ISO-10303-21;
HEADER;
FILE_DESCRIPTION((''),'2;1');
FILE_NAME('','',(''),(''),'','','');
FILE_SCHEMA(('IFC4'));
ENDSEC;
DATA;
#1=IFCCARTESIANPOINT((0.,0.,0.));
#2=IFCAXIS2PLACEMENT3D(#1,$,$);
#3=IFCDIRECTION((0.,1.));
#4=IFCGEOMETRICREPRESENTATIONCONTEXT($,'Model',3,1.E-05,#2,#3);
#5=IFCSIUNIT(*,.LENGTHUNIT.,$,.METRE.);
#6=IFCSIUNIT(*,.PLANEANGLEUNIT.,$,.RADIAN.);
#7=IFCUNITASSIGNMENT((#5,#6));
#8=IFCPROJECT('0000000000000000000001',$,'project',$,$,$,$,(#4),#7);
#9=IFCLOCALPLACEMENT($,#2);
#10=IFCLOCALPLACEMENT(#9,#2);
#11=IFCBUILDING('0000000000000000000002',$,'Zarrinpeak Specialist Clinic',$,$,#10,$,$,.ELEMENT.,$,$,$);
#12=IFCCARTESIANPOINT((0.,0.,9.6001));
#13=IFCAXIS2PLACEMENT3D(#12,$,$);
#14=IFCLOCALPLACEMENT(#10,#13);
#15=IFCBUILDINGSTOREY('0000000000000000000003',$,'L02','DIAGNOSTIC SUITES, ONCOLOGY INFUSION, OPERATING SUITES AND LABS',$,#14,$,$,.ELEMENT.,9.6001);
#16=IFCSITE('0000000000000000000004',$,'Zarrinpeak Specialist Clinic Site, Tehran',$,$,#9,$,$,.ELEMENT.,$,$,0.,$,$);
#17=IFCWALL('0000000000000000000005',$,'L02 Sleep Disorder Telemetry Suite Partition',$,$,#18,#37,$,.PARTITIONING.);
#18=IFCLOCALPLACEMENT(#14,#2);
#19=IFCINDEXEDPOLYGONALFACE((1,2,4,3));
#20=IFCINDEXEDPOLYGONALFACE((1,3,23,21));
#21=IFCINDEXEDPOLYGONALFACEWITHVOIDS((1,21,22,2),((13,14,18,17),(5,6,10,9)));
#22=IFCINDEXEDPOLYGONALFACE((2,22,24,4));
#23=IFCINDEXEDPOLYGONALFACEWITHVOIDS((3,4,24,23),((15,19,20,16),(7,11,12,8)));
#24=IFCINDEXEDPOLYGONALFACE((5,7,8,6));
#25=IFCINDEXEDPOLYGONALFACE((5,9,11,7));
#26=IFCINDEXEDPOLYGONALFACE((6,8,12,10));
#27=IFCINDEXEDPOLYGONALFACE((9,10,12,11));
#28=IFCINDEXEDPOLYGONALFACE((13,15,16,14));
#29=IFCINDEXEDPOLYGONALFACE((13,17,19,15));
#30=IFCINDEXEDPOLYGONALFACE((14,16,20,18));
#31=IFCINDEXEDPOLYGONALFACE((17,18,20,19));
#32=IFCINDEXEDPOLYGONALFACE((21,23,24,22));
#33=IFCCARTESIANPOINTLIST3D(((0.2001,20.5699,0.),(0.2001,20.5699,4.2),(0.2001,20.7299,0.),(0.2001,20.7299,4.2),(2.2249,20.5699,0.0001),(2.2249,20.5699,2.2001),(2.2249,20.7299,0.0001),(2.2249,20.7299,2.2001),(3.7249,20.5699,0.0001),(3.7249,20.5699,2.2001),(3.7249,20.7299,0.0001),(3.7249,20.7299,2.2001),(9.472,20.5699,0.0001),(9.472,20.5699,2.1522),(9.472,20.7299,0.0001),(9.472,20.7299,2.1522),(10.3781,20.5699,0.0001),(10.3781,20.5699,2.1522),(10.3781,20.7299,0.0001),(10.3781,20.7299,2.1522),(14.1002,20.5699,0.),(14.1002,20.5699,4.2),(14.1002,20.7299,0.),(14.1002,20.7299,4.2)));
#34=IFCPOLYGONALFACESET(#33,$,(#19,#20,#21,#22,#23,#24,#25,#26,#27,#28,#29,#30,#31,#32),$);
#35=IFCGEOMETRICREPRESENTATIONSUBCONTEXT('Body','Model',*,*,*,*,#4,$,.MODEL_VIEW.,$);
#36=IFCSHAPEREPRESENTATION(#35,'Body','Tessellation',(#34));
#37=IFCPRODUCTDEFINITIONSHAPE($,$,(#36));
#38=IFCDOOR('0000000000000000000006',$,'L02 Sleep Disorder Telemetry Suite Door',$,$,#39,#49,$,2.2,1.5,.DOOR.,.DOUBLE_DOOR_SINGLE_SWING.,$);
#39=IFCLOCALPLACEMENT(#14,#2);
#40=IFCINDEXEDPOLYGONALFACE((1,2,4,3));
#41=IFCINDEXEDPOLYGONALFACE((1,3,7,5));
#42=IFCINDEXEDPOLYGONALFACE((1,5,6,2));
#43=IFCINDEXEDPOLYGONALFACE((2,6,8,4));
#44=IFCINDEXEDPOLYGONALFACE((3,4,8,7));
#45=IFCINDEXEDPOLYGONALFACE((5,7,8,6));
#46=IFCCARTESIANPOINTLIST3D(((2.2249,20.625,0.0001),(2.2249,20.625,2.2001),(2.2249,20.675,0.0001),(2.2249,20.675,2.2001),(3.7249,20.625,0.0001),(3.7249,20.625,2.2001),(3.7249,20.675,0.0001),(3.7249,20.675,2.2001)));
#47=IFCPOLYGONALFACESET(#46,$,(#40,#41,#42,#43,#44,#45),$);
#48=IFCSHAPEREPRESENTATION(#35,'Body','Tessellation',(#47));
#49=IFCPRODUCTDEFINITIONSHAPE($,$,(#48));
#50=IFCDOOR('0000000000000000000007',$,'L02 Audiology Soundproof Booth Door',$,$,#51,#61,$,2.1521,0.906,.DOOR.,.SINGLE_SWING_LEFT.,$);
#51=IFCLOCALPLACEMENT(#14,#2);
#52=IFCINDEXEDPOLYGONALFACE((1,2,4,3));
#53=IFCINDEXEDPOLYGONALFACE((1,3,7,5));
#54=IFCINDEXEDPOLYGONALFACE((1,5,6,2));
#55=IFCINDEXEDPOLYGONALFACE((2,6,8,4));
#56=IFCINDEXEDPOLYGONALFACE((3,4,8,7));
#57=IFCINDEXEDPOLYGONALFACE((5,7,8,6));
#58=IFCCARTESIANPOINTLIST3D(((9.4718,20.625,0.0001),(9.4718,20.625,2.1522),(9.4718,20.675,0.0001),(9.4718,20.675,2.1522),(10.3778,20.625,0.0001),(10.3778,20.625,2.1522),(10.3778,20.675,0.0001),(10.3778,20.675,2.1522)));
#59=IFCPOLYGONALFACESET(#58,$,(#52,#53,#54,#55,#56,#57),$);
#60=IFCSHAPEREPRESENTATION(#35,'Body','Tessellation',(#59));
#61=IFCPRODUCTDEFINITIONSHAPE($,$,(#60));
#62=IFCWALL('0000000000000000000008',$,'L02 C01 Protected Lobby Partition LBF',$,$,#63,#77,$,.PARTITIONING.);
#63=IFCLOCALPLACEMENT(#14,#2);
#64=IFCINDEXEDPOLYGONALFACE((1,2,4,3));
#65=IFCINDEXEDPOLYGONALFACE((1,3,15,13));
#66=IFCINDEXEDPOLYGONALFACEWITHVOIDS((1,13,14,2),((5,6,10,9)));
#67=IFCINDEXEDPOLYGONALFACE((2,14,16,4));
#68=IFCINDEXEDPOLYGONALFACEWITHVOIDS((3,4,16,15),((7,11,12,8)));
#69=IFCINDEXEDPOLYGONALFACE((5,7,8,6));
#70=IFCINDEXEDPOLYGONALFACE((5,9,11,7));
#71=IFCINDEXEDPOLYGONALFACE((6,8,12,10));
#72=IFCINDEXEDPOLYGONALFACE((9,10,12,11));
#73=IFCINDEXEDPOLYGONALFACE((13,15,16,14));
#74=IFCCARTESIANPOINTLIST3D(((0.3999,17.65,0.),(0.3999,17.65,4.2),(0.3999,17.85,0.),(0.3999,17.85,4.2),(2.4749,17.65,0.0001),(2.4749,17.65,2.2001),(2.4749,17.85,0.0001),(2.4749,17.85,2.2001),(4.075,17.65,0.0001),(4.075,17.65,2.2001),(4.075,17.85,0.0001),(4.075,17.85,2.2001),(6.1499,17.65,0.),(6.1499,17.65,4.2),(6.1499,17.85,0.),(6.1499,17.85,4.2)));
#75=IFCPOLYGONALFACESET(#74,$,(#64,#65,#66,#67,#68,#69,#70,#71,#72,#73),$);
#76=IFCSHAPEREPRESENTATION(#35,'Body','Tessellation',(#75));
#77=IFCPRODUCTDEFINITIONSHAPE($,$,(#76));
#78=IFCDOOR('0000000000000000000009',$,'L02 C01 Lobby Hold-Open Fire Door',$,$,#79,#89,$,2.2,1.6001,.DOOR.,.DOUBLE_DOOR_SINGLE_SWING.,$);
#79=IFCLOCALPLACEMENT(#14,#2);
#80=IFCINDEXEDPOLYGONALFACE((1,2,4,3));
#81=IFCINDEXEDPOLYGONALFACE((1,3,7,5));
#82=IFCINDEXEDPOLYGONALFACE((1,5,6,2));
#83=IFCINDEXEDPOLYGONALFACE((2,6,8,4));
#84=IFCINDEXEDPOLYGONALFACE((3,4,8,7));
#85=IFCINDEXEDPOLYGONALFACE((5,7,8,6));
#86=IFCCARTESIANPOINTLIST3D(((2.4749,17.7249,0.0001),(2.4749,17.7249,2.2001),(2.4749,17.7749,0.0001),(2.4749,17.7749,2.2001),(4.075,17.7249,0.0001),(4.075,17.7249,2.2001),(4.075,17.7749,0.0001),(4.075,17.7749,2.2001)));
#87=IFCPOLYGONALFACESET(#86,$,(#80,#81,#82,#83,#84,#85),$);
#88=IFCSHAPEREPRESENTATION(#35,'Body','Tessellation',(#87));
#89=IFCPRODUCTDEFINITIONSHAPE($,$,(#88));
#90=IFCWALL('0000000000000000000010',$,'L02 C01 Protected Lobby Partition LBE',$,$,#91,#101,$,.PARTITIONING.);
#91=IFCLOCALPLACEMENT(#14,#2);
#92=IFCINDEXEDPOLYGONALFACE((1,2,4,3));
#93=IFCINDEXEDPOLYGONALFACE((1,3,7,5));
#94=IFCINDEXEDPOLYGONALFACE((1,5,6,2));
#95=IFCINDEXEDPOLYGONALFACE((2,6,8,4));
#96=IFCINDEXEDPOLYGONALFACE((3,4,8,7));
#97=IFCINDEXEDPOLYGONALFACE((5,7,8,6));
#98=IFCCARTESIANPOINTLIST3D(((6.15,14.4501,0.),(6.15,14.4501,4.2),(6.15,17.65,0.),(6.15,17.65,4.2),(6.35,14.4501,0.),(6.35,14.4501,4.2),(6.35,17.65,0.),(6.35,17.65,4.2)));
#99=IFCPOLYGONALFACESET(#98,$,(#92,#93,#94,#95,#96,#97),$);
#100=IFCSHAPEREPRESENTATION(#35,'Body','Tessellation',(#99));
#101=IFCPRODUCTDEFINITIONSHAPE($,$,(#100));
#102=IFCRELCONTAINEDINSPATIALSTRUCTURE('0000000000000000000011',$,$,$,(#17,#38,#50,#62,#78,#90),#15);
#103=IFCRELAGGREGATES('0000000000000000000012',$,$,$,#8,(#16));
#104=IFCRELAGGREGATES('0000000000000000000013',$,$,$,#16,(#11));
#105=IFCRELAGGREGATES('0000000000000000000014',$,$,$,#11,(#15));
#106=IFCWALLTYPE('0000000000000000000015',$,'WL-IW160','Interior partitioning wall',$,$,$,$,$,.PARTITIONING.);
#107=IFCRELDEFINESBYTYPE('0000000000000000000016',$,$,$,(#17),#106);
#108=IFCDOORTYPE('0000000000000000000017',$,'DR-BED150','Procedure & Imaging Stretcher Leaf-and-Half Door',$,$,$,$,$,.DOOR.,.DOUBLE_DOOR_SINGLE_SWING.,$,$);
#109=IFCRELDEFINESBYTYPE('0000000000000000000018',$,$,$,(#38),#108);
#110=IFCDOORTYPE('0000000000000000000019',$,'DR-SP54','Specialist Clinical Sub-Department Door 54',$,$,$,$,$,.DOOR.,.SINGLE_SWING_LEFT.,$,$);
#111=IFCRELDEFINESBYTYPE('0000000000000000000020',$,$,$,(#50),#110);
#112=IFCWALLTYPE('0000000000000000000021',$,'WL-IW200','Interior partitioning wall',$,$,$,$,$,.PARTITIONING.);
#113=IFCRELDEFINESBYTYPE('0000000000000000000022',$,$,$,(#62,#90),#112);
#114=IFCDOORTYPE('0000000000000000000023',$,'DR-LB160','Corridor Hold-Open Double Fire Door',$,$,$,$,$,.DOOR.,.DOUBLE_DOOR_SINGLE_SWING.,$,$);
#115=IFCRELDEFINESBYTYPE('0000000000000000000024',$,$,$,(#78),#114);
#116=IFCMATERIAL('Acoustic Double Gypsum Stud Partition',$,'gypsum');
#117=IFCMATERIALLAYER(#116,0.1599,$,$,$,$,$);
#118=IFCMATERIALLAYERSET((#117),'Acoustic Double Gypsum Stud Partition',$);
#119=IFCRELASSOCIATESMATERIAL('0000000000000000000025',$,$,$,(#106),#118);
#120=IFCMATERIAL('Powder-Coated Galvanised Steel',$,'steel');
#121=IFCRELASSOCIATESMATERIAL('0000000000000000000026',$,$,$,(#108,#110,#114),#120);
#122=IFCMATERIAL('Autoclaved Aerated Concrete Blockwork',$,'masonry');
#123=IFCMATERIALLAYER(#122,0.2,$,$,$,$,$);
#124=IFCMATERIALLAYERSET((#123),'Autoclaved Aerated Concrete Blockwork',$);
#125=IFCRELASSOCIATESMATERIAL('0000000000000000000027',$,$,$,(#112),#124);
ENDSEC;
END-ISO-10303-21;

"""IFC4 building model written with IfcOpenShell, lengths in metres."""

from ifc_helpers import new_model, si_unit, direction, frame, frame_2d, origin, place, context, subcontext, project, spatial, rectangle, extrude, material, layer, layer_set, type_object, element, fill, save


model = new_model("IFC4")

# Units and contexts
model_context = context("Model", 3, precision=1e-05, world=origin(), true_north=direction((0.0, 1.0)))
body_context = subcontext(model_context, "Body", "Model", "MODEL_VIEW")
ifc_project = project(units=[si_unit("LENGTHUNIT", "METRE"), si_unit("PLANEANGLEUNIT", "RADIAN")], contexts=[model_context])

# Site, building, storey
site_placement = place(None, origin())
site = spatial("IfcSite", under=ifc_project, at=site_placement, Name="Zarrinpeak Specialist Clinic Site, Tehran", CompositionType="ELEMENT", RefElevation=0.0)
building_placement = place(site_placement, origin())
building = spatial("IfcBuilding", under=site, at=building_placement, Name="Zarrinpeak Specialist Clinic", CompositionType="ELEMENT")
storey_placement = place(building_placement, frame((0.0, 0.0, 9.6001)))
storey = spatial("IfcBuildingStorey", under=building, at=storey_placement, Name="L02", Description="DIAGNOSTIC SUITES, ONCOLOGY INFUSION, OPERATING SUITES AND LABS", CompositionType="ELEMENT", Elevation=9.6001)

# Shared definitions
ifc_material_1 = material(Name="Powder-Coated Galvanised Steel", Category="steel")

# Wall, openings, doors
ifc_material_2 = material(Name="Acoustic Double Gypsum Stud Partition", Category="gypsum")
ifc_layer_1 = layer(ifc_material_2, 0.1599)
ifc_layer_set_1 = layer_set([ifc_layer_1], Name="Acoustic Double Gypsum Stud Partition")
wall_type_1 = type_object("IfcWallType", Name="WL-IW160", Description="Interior partitioning wall", PredefinedType="PARTITIONING", material=ifc_layer_set_1)
wall_1_placement = place(storey_placement, frame((0.2, 20.6499, 0.0), z_axis=(0.0, 0.0, 1.0), x_axis=(1.0, 0.0, 0.0)))
wall_1 = element("IfcWall", 1, at=wall_1_placement, inside=storey, type_object=wall_type_1, Name="L02 Sleep Disorder Telemetry Suite Partition", PredefinedType="PARTITIONING", context=body_context, shape_type="SweptSolid", body=[
    extrude(rectangle(XDim=13.9001, YDim=0.1599, at=frame_2d((6.9502, 0.0))), origin(), (0.0, 0.0, 1.0), 4.2),
])
opening_1_placement = place(wall_1_placement, frame((2.0249, 0.0, 0.0)))
opening_1 = element("IfcOpeningElement", 2, at=opening_1_placement, cuts=wall_1, PredefinedType="OPENING", context=body_context, shape_type="SweptSolid", body=[
    extrude(rectangle(XDim=1.5, YDim=2.2, at=frame_2d((0.75, 1.1001))), frame((0.0, 0.0898, 0.0), z_axis=(0.0, -1.0, 0.0), x_axis=(1.0, 0.0, 0.0)), (0.0, 0.0, 1.0), 0.1799),
])
opening_2_placement = place(wall_1_placement, frame((9.272, 0.0, 0.0)))
opening_2 = element("IfcOpeningElement", 3, at=opening_2_placement, cuts=wall_1, PredefinedType="OPENING", context=body_context, shape_type="SweptSolid", body=[
    extrude(rectangle(XDim=0.906, YDim=2.1521, at=frame_2d((0.4531, 1.0762))), frame((0.0, 0.0898, 0.0), z_axis=(0.0, -1.0, 0.0), x_axis=(1.0, 0.0, 0.0)), (0.0, 0.0, 1.0), 0.1799),
])
door_type_1 = type_object("IfcDoorType", Name="DR-BED150", Description="Procedure & Imaging Stretcher Leaf-and-Half Door", OperationType="DOUBLE_DOOR_SINGLE_SWING", PredefinedType="DOOR", material=ifc_material_1)
door_1_placement = place(opening_1_placement, frame((1.5, 0.0, 0.0), z_axis=(0.0, 0.0, 1.0), x_axis=(-1.0, 0.0, 0.0)))
door_1 = element("IfcDoor", 4, at=door_1_placement, inside=storey, type_object=door_type_1, Name="L02 Sleep Disorder Telemetry Suite Door", OperationType="DOUBLE_DOOR_SINGLE_SWING", OverallHeight=2.2, OverallWidth=1.5, PredefinedType="DOOR", context=body_context, shape_type="SweptSolid", body=[
    extrude(rectangle(XDim=1.5, YDim=2.2, at=frame_2d((0.75, 1.1001))), frame((0.0, 0.0249, 0.0), z_axis=(0.0, -1.0, 0.0), x_axis=(1.0, 0.0, 0.0)), (0.0, 0.0, 1.0), 0.05),
])
fill(opening_1, door_1)
door_type_2 = type_object("IfcDoorType", Name="DR-SP54", Description="Specialist Clinical Sub-Department Door 54", OperationType="SINGLE_SWING_LEFT", PredefinedType="DOOR", material=ifc_material_1)
door_2_placement = place(opening_2_placement, frame((0.906, 0.0, 0.0), z_axis=(0.0, 0.0, 1.0), x_axis=(-1.0, 0.0, 0.0)))
door_2 = element("IfcDoor", 5, at=door_2_placement, inside=storey, type_object=door_type_2, Name="L02 Audiology Soundproof Booth Door", OperationType="SINGLE_SWING_LEFT", OverallHeight=2.1521, OverallWidth=0.906, PredefinedType="DOOR", context=body_context, shape_type="SweptSolid", body=[
    extrude(rectangle(XDim=0.906, YDim=2.1521, at=frame_2d((0.4531, 1.0762))), frame((0.0, 0.0249, 0.0), z_axis=(0.0, -1.0, 0.0), x_axis=(1.0, 0.0, 0.0)), (0.0, 0.0, 1.0), 0.05),
])
fill(opening_2, door_2)

# Wall, opening, door
ifc_material_3 = material(Name="Autoclaved Aerated Concrete Blockwork", Category="masonry")
ifc_layer_2 = layer(ifc_material_3, 0.2)
ifc_layer_set_2 = layer_set([ifc_layer_2], Name="Autoclaved Aerated Concrete Blockwork")
wall_type_2 = type_object("IfcWallType", Name="WL-IW200", Description="Interior partitioning wall", PredefinedType="PARTITIONING", material=ifc_layer_set_2)
wall_2_placement = place(storey_placement, frame((0.3999, 17.75, 0.0), z_axis=(0.0, 0.0, 1.0), x_axis=(1.0, 0.0, 0.0)))
wall_2 = element("IfcWall", 6, at=wall_2_placement, inside=storey, type_object=wall_type_2, Name="L02 C01 Protected Lobby Partition LBF", PredefinedType="PARTITIONING", context=body_context, shape_type="SweptSolid", body=[
    extrude(rectangle(XDim=5.75, YDim=0.2, at=frame_2d((2.875, 0.0))), origin(), (0.0, 0.0, 1.0), 4.2),
])
opening_3_placement = place(wall_2_placement, frame((2.075, 0.0, 0.0)))
opening_3 = element("IfcOpeningElement", 7, at=opening_3_placement, cuts=wall_2, PredefinedType="OPENING", context=body_context, shape_type="SweptSolid", body=[
    extrude(rectangle(XDim=1.6001, YDim=2.2, at=frame_2d((0.8, 1.1001))), frame((0.0, 0.1099, 0.0), z_axis=(0.0, -1.0, 0.0), x_axis=(1.0, 0.0, 0.0)), (0.0, 0.0, 1.0), 0.22),
])
door_type_3 = type_object("IfcDoorType", Name="DR-LB160", Description="Corridor Hold-Open Double Fire Door", OperationType="DOUBLE_DOOR_SINGLE_SWING", PredefinedType="DOOR", material=ifc_material_1)
door_3_placement = place(opening_3_placement, origin())
door_3 = element("IfcDoor", 8, at=door_3_placement, inside=storey, type_object=door_type_3, Name="L02 C01 Lobby Hold-Open Fire Door", OperationType="DOUBLE_DOOR_SINGLE_SWING", OverallHeight=2.2, OverallWidth=1.6001, PredefinedType="DOOR", context=body_context, shape_type="SweptSolid", body=[
    extrude(rectangle(XDim=1.6001, YDim=2.2, at=frame_2d((0.8, 1.1001))), frame((0.0, 0.0249, 0.0), z_axis=(0.0, -1.0, 0.0), x_axis=(1.0, 0.0, 0.0)), (0.0, 0.0, 1.0), 0.05),
])
fill(opening_3, door_3)

# Wall
wall_3_placement = place(storey_placement, frame((6.25, 14.45, 0.0), z_axis=(0.0, 0.0, 1.0), x_axis=(0.0, 1.0, 0.0)))
element("IfcWall", 9, at=wall_3_placement, inside=storey, type_object=wall_type_2, Name="L02 C01 Protected Lobby Partition LBE", PredefinedType="PARTITIONING", context=body_context, shape_type="SweptSolid", body=[
    extrude(rectangle(XDim=3.2, YDim=0.2, at=frame_2d((1.6001, 0.0))), origin(), (0.0, 0.0, 1.0), 4.2),
])

save(model, "model.ifc")
